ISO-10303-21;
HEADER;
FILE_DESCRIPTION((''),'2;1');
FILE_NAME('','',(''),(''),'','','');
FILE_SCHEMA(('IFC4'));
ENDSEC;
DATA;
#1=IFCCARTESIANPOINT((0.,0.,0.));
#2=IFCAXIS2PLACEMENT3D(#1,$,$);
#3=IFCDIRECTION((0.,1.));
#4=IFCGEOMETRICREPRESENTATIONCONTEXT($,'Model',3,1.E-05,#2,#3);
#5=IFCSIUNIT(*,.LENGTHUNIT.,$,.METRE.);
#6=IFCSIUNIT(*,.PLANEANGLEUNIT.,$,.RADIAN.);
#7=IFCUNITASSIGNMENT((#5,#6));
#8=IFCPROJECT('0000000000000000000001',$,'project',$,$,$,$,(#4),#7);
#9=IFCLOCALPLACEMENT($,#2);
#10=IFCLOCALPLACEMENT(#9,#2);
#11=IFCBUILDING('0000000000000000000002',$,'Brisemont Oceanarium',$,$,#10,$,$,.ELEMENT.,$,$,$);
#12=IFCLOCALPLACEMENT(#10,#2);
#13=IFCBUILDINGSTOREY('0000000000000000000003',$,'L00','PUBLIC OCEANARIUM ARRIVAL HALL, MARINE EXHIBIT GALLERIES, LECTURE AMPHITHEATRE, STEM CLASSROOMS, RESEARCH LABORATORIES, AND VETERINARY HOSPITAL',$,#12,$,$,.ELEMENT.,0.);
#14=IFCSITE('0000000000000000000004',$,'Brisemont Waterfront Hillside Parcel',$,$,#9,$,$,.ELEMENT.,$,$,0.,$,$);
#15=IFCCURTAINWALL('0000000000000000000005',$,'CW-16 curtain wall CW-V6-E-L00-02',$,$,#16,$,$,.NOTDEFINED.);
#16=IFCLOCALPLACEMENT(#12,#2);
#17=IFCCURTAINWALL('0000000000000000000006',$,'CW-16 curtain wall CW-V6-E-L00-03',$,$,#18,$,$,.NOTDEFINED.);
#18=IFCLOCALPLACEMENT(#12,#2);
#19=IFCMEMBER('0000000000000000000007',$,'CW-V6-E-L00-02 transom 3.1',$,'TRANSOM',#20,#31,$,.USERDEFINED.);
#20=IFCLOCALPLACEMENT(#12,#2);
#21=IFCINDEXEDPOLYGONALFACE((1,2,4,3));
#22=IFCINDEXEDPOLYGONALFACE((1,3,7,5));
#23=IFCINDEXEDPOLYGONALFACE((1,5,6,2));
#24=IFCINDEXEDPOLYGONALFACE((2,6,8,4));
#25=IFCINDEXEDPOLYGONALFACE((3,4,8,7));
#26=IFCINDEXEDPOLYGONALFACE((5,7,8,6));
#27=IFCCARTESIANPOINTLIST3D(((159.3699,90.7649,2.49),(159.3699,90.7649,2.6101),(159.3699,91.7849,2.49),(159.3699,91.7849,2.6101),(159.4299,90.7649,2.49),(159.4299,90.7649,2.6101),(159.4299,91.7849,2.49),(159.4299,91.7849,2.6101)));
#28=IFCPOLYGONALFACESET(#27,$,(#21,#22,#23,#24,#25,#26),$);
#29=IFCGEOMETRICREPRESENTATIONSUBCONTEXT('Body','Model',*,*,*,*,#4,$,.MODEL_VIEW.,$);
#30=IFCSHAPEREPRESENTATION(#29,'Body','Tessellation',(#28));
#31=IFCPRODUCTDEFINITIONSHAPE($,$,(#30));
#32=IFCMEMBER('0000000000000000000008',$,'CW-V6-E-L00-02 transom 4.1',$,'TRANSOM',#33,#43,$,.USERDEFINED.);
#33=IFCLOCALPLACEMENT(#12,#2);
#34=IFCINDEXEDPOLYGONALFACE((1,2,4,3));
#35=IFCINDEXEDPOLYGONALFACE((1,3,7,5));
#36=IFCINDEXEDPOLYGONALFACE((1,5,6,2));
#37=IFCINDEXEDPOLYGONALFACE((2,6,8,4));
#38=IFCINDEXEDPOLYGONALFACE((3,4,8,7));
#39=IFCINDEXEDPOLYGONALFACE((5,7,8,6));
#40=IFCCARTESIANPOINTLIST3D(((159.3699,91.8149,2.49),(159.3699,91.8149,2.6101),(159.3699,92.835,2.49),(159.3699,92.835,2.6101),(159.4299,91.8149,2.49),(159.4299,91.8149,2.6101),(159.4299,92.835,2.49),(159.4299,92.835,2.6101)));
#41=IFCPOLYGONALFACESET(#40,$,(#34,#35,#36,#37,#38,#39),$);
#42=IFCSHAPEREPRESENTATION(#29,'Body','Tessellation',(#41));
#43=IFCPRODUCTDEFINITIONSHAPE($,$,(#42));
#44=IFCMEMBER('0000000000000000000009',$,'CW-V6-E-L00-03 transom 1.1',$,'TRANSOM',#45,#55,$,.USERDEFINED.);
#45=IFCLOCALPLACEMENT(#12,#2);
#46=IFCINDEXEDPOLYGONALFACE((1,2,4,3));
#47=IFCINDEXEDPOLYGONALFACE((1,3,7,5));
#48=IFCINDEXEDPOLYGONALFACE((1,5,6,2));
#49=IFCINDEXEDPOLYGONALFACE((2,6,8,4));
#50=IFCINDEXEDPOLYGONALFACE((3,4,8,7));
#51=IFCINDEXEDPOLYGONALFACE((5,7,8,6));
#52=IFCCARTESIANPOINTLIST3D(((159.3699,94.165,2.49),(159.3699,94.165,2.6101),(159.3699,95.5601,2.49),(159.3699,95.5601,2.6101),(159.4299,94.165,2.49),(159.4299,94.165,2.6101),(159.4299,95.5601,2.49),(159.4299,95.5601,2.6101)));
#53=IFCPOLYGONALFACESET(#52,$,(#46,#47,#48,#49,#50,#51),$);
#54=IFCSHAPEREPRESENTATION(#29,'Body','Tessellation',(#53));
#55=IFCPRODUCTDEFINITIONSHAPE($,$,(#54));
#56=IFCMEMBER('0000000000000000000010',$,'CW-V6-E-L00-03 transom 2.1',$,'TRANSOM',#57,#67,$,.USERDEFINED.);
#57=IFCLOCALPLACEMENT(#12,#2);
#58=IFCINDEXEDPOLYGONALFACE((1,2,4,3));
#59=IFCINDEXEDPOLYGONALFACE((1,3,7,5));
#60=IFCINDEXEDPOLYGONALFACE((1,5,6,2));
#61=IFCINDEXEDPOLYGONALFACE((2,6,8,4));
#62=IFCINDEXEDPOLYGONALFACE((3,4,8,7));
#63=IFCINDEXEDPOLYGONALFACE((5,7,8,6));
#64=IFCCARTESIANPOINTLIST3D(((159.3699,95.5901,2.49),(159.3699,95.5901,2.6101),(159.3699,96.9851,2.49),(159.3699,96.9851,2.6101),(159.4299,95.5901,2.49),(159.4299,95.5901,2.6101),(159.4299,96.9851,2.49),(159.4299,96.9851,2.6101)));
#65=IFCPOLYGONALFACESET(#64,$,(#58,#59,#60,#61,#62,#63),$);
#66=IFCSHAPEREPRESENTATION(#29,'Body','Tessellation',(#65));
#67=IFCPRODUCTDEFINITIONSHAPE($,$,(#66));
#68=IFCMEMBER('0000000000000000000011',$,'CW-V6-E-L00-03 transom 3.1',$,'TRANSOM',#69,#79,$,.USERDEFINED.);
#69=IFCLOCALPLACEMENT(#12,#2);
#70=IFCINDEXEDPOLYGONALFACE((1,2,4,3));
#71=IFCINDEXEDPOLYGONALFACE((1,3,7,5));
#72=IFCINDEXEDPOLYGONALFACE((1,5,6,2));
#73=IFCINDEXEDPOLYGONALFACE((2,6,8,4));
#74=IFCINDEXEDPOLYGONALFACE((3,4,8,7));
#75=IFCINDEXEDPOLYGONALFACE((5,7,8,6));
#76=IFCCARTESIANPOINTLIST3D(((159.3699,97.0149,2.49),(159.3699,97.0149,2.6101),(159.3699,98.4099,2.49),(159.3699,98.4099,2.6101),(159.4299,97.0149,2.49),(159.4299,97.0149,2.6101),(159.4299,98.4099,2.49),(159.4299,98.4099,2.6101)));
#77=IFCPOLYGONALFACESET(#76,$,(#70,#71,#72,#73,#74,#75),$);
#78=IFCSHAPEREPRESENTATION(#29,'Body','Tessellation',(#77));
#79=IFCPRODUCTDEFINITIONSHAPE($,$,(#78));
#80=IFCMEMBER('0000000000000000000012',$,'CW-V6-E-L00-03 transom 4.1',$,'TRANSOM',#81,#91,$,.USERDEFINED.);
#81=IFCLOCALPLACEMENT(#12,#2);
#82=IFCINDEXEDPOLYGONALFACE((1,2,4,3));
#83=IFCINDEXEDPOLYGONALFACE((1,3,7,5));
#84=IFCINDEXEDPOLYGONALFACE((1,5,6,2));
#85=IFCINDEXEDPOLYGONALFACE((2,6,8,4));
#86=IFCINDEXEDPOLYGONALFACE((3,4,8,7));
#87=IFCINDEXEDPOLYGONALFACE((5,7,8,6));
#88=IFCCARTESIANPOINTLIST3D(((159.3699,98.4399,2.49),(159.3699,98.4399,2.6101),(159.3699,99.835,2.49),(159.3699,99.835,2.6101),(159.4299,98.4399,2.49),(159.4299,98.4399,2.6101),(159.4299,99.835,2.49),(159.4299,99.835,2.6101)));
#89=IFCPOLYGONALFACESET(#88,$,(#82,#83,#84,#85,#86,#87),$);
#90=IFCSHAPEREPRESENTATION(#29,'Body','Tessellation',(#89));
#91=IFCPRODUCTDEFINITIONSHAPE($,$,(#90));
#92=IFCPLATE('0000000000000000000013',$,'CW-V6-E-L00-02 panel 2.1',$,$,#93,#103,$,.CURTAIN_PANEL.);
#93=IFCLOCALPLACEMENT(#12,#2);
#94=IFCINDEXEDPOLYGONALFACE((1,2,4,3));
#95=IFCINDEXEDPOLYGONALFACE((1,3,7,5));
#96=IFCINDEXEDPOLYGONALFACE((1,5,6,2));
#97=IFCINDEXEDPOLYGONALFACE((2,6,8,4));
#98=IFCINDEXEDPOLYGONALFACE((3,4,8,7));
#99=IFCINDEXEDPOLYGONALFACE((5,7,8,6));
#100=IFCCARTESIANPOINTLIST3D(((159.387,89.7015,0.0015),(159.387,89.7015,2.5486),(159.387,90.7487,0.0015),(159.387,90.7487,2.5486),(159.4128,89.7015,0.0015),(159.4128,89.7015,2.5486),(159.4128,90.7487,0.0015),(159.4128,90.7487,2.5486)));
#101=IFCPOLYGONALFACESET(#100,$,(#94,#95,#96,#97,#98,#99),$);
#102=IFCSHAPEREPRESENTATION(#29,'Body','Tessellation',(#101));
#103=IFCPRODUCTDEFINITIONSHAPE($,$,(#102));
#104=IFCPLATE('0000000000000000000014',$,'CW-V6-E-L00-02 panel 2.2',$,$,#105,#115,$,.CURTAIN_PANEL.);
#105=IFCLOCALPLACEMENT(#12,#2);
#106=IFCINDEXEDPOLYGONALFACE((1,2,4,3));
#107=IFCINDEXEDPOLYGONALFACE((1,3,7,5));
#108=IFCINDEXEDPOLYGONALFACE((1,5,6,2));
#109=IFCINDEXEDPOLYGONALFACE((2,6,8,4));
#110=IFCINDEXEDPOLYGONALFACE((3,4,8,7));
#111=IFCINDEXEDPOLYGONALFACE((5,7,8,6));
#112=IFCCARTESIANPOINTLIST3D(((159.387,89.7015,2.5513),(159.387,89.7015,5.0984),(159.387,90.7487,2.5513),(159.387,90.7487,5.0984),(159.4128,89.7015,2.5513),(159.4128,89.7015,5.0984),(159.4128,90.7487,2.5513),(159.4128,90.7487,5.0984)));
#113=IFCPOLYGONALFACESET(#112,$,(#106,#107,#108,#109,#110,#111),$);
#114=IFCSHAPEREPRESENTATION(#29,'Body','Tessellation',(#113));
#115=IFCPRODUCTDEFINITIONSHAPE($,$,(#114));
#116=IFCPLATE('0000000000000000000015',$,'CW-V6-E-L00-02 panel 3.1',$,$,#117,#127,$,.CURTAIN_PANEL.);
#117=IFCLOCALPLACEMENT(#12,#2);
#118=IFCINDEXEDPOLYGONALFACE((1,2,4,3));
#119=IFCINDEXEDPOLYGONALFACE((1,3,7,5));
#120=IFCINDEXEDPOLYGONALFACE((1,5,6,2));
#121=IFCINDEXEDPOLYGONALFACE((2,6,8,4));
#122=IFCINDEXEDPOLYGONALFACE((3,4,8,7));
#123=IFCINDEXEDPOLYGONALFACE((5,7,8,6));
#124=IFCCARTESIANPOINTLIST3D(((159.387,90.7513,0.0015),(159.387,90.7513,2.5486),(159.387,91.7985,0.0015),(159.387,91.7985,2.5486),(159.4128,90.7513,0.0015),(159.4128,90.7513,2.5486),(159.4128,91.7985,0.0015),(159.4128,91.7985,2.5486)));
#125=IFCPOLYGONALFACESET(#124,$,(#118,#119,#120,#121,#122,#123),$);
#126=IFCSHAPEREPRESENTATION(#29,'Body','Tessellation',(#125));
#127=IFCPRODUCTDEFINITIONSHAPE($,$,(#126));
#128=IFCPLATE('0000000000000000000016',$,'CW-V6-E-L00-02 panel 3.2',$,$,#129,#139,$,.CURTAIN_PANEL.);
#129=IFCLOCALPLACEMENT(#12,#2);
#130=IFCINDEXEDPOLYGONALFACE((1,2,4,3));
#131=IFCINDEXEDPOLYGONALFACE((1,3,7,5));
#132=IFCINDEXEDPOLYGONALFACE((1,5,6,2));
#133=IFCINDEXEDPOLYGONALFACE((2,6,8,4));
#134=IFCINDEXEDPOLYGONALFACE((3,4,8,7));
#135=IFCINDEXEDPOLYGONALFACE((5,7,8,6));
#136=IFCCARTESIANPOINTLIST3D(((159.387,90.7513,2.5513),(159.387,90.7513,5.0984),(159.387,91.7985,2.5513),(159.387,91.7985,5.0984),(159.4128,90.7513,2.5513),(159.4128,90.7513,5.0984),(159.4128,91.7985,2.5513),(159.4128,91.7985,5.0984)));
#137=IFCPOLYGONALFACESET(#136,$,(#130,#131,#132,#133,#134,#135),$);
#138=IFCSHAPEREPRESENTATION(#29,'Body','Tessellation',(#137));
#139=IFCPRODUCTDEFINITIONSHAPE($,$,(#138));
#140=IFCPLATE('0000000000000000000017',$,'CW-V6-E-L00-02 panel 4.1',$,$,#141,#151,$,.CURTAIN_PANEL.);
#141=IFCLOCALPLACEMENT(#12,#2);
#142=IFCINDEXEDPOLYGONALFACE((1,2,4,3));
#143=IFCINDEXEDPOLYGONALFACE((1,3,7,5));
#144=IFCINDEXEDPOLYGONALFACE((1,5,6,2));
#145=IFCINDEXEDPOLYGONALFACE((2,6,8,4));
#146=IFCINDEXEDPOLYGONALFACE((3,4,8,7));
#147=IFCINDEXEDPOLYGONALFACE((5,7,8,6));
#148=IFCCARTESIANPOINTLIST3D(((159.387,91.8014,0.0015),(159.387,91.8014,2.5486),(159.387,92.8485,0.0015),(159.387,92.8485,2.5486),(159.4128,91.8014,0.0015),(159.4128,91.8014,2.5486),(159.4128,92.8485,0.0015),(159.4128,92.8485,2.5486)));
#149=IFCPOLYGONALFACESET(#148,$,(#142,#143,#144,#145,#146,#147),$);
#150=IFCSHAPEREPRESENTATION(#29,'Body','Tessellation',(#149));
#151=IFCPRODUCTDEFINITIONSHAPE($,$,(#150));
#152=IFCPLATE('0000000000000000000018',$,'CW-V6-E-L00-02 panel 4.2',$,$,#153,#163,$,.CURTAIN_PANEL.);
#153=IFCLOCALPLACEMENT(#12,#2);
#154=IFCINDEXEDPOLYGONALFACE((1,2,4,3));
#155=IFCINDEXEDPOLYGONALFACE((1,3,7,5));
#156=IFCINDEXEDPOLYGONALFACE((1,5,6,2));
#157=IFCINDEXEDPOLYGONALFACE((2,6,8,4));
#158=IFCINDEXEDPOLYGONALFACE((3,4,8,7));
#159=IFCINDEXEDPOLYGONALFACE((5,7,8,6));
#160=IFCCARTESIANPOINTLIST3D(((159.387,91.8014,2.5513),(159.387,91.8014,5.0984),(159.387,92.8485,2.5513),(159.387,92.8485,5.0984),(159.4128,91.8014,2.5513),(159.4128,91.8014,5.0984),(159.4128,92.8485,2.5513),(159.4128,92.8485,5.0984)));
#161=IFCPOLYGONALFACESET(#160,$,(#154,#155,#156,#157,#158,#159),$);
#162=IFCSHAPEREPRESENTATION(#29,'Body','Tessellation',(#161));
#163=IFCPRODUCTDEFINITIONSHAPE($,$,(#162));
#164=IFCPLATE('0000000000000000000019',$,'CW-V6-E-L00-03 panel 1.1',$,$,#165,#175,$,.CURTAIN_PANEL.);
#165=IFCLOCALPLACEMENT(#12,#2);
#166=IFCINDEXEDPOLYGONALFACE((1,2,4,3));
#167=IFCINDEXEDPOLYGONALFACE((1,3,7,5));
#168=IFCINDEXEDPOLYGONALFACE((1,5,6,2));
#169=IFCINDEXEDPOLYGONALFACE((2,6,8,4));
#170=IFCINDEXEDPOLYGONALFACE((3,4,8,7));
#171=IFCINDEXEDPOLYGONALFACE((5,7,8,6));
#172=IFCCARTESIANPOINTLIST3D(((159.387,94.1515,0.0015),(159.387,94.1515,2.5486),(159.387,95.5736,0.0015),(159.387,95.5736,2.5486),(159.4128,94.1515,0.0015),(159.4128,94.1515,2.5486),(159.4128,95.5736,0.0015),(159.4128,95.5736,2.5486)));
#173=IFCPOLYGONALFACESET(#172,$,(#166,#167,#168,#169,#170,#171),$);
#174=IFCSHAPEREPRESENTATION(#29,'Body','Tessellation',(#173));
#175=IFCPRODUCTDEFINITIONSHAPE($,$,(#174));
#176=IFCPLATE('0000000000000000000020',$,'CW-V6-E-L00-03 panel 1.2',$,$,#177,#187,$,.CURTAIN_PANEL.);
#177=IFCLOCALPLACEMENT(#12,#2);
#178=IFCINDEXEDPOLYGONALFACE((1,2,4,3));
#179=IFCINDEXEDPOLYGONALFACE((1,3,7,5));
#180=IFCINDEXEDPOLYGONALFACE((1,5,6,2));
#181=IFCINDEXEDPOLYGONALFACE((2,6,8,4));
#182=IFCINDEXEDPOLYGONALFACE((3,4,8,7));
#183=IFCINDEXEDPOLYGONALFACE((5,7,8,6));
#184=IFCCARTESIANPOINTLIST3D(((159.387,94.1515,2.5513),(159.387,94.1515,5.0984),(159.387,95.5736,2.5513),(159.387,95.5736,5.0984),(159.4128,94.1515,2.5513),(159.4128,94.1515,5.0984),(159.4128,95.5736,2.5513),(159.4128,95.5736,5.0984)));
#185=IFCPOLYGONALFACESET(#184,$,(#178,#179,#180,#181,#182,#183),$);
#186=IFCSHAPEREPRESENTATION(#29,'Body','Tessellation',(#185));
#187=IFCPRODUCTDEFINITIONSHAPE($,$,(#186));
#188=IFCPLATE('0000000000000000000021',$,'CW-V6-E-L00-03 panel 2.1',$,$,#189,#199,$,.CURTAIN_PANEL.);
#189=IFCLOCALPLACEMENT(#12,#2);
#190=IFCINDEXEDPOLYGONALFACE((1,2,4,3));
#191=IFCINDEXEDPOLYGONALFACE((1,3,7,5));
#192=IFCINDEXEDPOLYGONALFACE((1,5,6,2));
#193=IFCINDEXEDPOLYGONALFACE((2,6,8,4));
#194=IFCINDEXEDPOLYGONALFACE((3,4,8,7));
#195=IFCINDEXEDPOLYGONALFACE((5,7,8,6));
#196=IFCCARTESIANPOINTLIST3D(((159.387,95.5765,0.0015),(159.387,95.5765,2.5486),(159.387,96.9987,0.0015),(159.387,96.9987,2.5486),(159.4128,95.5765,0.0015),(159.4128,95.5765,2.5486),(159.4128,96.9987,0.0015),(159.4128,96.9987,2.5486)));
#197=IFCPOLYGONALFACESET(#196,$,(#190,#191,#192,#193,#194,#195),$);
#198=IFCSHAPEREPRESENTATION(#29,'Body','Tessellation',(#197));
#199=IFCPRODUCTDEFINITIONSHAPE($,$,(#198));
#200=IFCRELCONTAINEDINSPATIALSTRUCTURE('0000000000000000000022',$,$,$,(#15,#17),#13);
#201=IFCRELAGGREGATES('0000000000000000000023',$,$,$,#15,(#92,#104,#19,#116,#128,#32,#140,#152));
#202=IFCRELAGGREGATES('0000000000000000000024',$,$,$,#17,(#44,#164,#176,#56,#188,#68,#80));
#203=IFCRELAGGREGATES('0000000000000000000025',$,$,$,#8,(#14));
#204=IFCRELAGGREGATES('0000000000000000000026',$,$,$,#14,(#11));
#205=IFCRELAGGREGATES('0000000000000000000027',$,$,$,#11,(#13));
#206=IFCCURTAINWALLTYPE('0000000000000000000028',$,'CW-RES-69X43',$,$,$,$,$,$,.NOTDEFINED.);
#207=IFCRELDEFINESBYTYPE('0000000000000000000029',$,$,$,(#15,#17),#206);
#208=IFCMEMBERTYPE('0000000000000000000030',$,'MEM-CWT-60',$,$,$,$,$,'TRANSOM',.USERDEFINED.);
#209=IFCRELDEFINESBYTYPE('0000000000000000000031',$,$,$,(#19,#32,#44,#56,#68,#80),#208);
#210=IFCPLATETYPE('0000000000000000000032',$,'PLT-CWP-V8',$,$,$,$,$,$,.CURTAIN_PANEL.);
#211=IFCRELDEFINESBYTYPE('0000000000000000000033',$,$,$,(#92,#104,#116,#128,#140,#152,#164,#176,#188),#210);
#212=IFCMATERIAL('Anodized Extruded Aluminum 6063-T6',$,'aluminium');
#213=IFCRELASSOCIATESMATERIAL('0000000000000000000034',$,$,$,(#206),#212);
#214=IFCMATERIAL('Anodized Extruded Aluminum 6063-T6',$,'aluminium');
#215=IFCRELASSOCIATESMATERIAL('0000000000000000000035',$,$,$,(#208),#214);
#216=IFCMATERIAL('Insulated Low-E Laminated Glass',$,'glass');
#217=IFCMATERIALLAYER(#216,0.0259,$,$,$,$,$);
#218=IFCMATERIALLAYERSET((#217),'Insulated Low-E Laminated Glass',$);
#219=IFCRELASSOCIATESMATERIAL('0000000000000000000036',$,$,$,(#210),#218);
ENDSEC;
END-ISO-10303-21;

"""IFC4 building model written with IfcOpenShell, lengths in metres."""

from ifc_helpers import new_model, si_unit, direction, frame, origin, origin_2d, place, context, subcontext, project, spatial, rectangle, extrude, material, layer, layer_set, material_profile, profile_set, type_object, element, aggregate, save


model = new_model("IFC4")

# Units and contexts
model_context = context("Model", 3, precision=1e-05, world=origin(), true_north=direction((0.0, 1.0)))
body_context = subcontext(model_context, "Body", "Model", "MODEL_VIEW")
ifc_project = project(units=[si_unit("LENGTHUNIT", "METRE"), si_unit("PLANEANGLEUNIT", "RADIAN")], contexts=[model_context])

# Site, building, storey
site_placement = place(None, origin())
site = spatial("IfcSite", under=ifc_project, at=site_placement, Name="Brisemont Waterfront Hillside Parcel", CompositionType="ELEMENT", RefElevation=0.0)
building_placement = place(site_placement, origin())
building = spatial("IfcBuilding", under=site, at=building_placement, Name="Brisemont Oceanarium", CompositionType="ELEMENT")
storey_placement = place(building_placement, origin())
storey = spatial("IfcBuildingStorey", under=building, at=storey_placement, Name="L00", Description="PUBLIC OCEANARIUM ARRIVAL HALL, MARINE EXHIBIT GALLERIES, LECTURE AMPHITHEATRE, STEM CLASSROOMS, RESEARCH LABORATORIES, AND VETERINARY HOSPITAL", CompositionType="ELEMENT", Elevation=0.0)

# Curtain walls
ifc_material_1 = material(Name="Anodized Extruded Aluminum 6063-T6", Category="aluminium")
curtain_wall_type = type_object("IfcCurtainWallType", Name="CW-RES-69X43", PredefinedType="NOTDEFINED", material=ifc_material_1)
curtain_wall_1_placement = place(storey_placement, origin())
curtain_wall_1 = element("IfcCurtainWall", 1, at=curtain_wall_1_placement, inside=storey, type_object=curtain_wall_type, Name="CW-16 curtain wall CW-V6-E-L00-02", PredefinedType="NOTDEFINED")
curtain_wall_2_placement = place(storey_placement, origin())
curtain_wall_2 = element("IfcCurtainWall", 2, at=curtain_wall_2_placement, inside=storey, type_object=curtain_wall_type, Name="CW-16 curtain wall CW-V6-E-L00-03", PredefinedType="NOTDEFINED")

# Members
ifc_material_2 = material(Name="Anodized Extruded Aluminum 6063-T6", Category="aluminium")
ifc_material_profile_1 = material_profile(ifc_material_2, rectangle(XDim=0.0601, YDim=0.1201, at=origin_2d()), Name="CWT-60X120")
ifc_profile_set_1 = profile_set([ifc_material_profile_1], Name="Anodized Extruded Aluminum 6063-T6")
member_type_1 = type_object("IfcMemberType", Name="MEM-CWT-60", ElementType="TRANSOM", PredefinedType="USERDEFINED", material=ifc_profile_set_1)
member_1_placement = place(storey_placement, frame((159.3999, 90.7649, 2.55), z_axis=(0.0, 1.0, 0.0), x_axis=(-1.0, 0.0, 0.0)))
member_1 = element("IfcMember", 3, at=member_1_placement, type_object=member_type_1, Name="CW-V6-E-L00-02 transom 3.1", ObjectType="TRANSOM", PredefinedType="USERDEFINED", context=body_context, shape_type="SweptSolid", body=[
    extrude(rectangle(XDim=0.0601, YDim=0.1201, at=origin_2d()), origin(), (0.0, 0.0, 1.0), 1.02),
])
member_2_placement = place(storey_placement, frame((159.3999, 91.8149, 2.55), z_axis=(0.0, 1.0, 0.0), x_axis=(-1.0, 0.0, 0.0)))
member_2 = element("IfcMember", 4, at=member_2_placement, type_object=member_type_1, Name="CW-V6-E-L00-02 transom 4.1", ObjectType="TRANSOM", PredefinedType="USERDEFINED", context=body_context, shape_type="SweptSolid", body=[
    extrude(rectangle(XDim=0.0601, YDim=0.1201, at=origin_2d()), origin(), (0.0, 0.0, 1.0), 1.02),
])
member_3_placement = place(storey_placement, frame((159.3999, 94.165, 2.55), z_axis=(0.0, 1.0, 0.0), x_axis=(-1.0, 0.0, 0.0)))
member_3 = element("IfcMember", 5, at=member_3_placement, type_object=member_type_1, Name="CW-V6-E-L00-03 transom 1.1", ObjectType="TRANSOM", PredefinedType="USERDEFINED", context=body_context, shape_type="SweptSolid", body=[
    extrude(rectangle(XDim=0.0601, YDim=0.1201, at=origin_2d()), origin(), (0.0, 0.0, 1.0), 1.395),
])
member_4_placement = place(storey_placement, frame((159.3999, 95.5901, 2.55), z_axis=(0.0, 1.0, 0.0), x_axis=(-1.0, 0.0, 0.0)))
member_4 = element("IfcMember", 6, at=member_4_placement, type_object=member_type_1, Name="CW-V6-E-L00-03 transom 2.1", ObjectType="TRANSOM", PredefinedType="USERDEFINED", context=body_context, shape_type="SweptSolid", body=[
    extrude(rectangle(XDim=0.0601, YDim=0.1201, at=origin_2d()), origin(), (0.0, 0.0, 1.0), 1.395),
])
member_5_placement = place(storey_placement, frame((159.3999, 97.0149, 2.55), z_axis=(0.0, 1.0, 0.0), x_axis=(-1.0, 0.0, 0.0)))
member_5 = element("IfcMember", 7, at=member_5_placement, type_object=member_type_1, Name="CW-V6-E-L00-03 transom 3.1", ObjectType="TRANSOM", PredefinedType="USERDEFINED", context=body_context, shape_type="SweptSolid", body=[
    extrude(rectangle(XDim=0.0601, YDim=0.1201, at=origin_2d()), origin(), (0.0, 0.0, 1.0), 1.395),
])
member_6_placement = place(storey_placement, frame((159.3999, 98.4399, 2.55), z_axis=(0.0, 1.0, 0.0), x_axis=(-1.0, 0.0, 0.0)))
member_6 = element("IfcMember", 8, at=member_6_placement, type_object=member_type_1, Name="CW-V6-E-L00-03 transom 4.1", ObjectType="TRANSOM", PredefinedType="USERDEFINED", context=body_context, shape_type="SweptSolid", body=[
    extrude(rectangle(XDim=0.0601, YDim=0.1201, at=origin_2d()), origin(), (0.0, 0.0, 1.0), 1.395),
])

# Plates
ifc_material_3 = material(Name="Insulated Low-E Laminated Glass", Category="glass")
ifc_layer = layer(ifc_material_3, 0.0259)
ifc_layer_set = layer_set([ifc_layer], Name="Insulated Low-E Laminated Glass")
plate_type = type_object("IfcPlateType", Name="PLT-CWP-V8", PredefinedType="CURTAIN_PANEL", material=ifc_layer_set)
plate_1_placement = place(storey_placement, frame((159.3999, 90.2251, 0.0015), z_axis=(0.0, 0.0, 1.0), x_axis=(0.0, 1.0, 0.0)))
plate_1 = element("IfcPlate", 9, at=plate_1_placement, type_object=plate_type, Name="CW-V6-E-L00-02 panel 2.1", PredefinedType="CURTAIN_PANEL", context=body_context, shape_type="SweptSolid", body=[
    extrude(rectangle(XDim=1.0471, YDim=0.0259, at=origin_2d()), origin(), (0.0, 0.0, 1.0), 2.5471),
])
plate_2_placement = place(storey_placement, frame((159.3999, 90.2251, 2.5513), z_axis=(0.0, 0.0, 1.0), x_axis=(0.0, 1.0, 0.0)))
plate_2 = element("IfcPlate", 10, at=plate_2_placement, type_object=plate_type, Name="CW-V6-E-L00-02 panel 2.2", PredefinedType="CURTAIN_PANEL", context=body_context, shape_type="SweptSolid", body=[
    extrude(rectangle(XDim=1.0471, YDim=0.0259, at=origin_2d()), origin(), (0.0, 0.0, 1.0), 2.5471),
])
plate_3_placement = place(storey_placement, frame((159.3999, 91.2749, 0.0015), z_axis=(0.0, 0.0, 1.0), x_axis=(0.0, 1.0, 0.0)))
plate_3 = element("IfcPlate", 11, at=plate_3_placement, type_object=plate_type, Name="CW-V6-E-L00-02 panel 3.1", PredefinedType="CURTAIN_PANEL", context=body_context, shape_type="SweptSolid", body=[
    extrude(rectangle(XDim=1.0471, YDim=0.0259, at=origin_2d()), origin(), (0.0, 0.0, 1.0), 2.5471),
])
plate_4_placement = place(storey_placement, frame((159.3999, 91.2749, 2.5513), z_axis=(0.0, 0.0, 1.0), x_axis=(0.0, 1.0, 0.0)))
plate_4 = element("IfcPlate", 12, at=plate_4_placement, type_object=plate_type, Name="CW-V6-E-L00-02 panel 3.2", PredefinedType="CURTAIN_PANEL", context=body_context, shape_type="SweptSolid", body=[
    extrude(rectangle(XDim=1.0471, YDim=0.0259, at=origin_2d()), origin(), (0.0, 0.0, 1.0), 2.5471),
])
plate_5_placement = place(storey_placement, frame((159.3999, 92.325, 0.0015), z_axis=(0.0, 0.0, 1.0), x_axis=(0.0, 1.0, 0.0)))
plate_5 = element("IfcPlate", 13, at=plate_5_placement, type_object=plate_type, Name="CW-V6-E-L00-02 panel 4.1", PredefinedType="CURTAIN_PANEL", context=body_context, shape_type="SweptSolid", body=[
    extrude(rectangle(XDim=1.0471, YDim=0.0259, at=origin_2d()), origin(), (0.0, 0.0, 1.0), 2.5471),
])
plate_6_placement = place(storey_placement, frame((159.3999, 92.325, 2.5513), z_axis=(0.0, 0.0, 1.0), x_axis=(0.0, 1.0, 0.0)))
plate_6 = element("IfcPlate", 14, at=plate_6_placement, type_object=plate_type, Name="CW-V6-E-L00-02 panel 4.2", PredefinedType="CURTAIN_PANEL", context=body_context, shape_type="SweptSolid", body=[
    extrude(rectangle(XDim=1.0471, YDim=0.0259, at=origin_2d()), origin(), (0.0, 0.0, 1.0), 2.5471),
])
aggregate(curtain_wall_1, [plate_1, plate_2, member_1, plate_3, plate_4, member_2, plate_5, plate_6])
plate_7_placement = place(storey_placement, frame((159.3999, 94.8625, 0.0015), z_axis=(0.0, 0.0, 1.0), x_axis=(0.0, 1.0, 0.0)))
plate_7 = element("IfcPlate", 15, at=plate_7_placement, type_object=plate_type, Name="CW-V6-E-L00-03 panel 1.1", PredefinedType="CURTAIN_PANEL", context=body_context, shape_type="SweptSolid", body=[
    extrude(rectangle(XDim=1.4221, YDim=0.0259, at=origin_2d()), origin(), (0.0, 0.0, 1.0), 2.5471),
])
plate_8_placement = place(storey_placement, frame((159.3999, 94.8625, 2.5513), z_axis=(0.0, 0.0, 1.0), x_axis=(0.0, 1.0, 0.0)))
plate_8 = element("IfcPlate", 16, at=plate_8_placement, type_object=plate_type, Name="CW-V6-E-L00-03 panel 1.2", PredefinedType="CURTAIN_PANEL", context=body_context, shape_type="SweptSolid", body=[
    extrude(rectangle(XDim=1.4221, YDim=0.0259, at=origin_2d()), origin(), (0.0, 0.0, 1.0), 2.5471),
])
plate_9_placement = place(storey_placement, frame((159.3999, 96.2876, 0.0015), z_axis=(0.0, 0.0, 1.0), x_axis=(0.0, 1.0, 0.0)))
plate_9 = element("IfcPlate", 17, at=plate_9_placement, type_object=plate_type, Name="CW-V6-E-L00-03 panel 2.1", PredefinedType="CURTAIN_PANEL", context=body_context, shape_type="SweptSolid", body=[
    extrude(rectangle(XDim=1.4221, YDim=0.0259, at=origin_2d()), origin(), (0.0, 0.0, 1.0), 2.5471),
])
aggregate(curtain_wall_2, [member_3, plate_7, plate_8, member_4, plate_9, member_5, member_6])

save(model, "model.ifc")
